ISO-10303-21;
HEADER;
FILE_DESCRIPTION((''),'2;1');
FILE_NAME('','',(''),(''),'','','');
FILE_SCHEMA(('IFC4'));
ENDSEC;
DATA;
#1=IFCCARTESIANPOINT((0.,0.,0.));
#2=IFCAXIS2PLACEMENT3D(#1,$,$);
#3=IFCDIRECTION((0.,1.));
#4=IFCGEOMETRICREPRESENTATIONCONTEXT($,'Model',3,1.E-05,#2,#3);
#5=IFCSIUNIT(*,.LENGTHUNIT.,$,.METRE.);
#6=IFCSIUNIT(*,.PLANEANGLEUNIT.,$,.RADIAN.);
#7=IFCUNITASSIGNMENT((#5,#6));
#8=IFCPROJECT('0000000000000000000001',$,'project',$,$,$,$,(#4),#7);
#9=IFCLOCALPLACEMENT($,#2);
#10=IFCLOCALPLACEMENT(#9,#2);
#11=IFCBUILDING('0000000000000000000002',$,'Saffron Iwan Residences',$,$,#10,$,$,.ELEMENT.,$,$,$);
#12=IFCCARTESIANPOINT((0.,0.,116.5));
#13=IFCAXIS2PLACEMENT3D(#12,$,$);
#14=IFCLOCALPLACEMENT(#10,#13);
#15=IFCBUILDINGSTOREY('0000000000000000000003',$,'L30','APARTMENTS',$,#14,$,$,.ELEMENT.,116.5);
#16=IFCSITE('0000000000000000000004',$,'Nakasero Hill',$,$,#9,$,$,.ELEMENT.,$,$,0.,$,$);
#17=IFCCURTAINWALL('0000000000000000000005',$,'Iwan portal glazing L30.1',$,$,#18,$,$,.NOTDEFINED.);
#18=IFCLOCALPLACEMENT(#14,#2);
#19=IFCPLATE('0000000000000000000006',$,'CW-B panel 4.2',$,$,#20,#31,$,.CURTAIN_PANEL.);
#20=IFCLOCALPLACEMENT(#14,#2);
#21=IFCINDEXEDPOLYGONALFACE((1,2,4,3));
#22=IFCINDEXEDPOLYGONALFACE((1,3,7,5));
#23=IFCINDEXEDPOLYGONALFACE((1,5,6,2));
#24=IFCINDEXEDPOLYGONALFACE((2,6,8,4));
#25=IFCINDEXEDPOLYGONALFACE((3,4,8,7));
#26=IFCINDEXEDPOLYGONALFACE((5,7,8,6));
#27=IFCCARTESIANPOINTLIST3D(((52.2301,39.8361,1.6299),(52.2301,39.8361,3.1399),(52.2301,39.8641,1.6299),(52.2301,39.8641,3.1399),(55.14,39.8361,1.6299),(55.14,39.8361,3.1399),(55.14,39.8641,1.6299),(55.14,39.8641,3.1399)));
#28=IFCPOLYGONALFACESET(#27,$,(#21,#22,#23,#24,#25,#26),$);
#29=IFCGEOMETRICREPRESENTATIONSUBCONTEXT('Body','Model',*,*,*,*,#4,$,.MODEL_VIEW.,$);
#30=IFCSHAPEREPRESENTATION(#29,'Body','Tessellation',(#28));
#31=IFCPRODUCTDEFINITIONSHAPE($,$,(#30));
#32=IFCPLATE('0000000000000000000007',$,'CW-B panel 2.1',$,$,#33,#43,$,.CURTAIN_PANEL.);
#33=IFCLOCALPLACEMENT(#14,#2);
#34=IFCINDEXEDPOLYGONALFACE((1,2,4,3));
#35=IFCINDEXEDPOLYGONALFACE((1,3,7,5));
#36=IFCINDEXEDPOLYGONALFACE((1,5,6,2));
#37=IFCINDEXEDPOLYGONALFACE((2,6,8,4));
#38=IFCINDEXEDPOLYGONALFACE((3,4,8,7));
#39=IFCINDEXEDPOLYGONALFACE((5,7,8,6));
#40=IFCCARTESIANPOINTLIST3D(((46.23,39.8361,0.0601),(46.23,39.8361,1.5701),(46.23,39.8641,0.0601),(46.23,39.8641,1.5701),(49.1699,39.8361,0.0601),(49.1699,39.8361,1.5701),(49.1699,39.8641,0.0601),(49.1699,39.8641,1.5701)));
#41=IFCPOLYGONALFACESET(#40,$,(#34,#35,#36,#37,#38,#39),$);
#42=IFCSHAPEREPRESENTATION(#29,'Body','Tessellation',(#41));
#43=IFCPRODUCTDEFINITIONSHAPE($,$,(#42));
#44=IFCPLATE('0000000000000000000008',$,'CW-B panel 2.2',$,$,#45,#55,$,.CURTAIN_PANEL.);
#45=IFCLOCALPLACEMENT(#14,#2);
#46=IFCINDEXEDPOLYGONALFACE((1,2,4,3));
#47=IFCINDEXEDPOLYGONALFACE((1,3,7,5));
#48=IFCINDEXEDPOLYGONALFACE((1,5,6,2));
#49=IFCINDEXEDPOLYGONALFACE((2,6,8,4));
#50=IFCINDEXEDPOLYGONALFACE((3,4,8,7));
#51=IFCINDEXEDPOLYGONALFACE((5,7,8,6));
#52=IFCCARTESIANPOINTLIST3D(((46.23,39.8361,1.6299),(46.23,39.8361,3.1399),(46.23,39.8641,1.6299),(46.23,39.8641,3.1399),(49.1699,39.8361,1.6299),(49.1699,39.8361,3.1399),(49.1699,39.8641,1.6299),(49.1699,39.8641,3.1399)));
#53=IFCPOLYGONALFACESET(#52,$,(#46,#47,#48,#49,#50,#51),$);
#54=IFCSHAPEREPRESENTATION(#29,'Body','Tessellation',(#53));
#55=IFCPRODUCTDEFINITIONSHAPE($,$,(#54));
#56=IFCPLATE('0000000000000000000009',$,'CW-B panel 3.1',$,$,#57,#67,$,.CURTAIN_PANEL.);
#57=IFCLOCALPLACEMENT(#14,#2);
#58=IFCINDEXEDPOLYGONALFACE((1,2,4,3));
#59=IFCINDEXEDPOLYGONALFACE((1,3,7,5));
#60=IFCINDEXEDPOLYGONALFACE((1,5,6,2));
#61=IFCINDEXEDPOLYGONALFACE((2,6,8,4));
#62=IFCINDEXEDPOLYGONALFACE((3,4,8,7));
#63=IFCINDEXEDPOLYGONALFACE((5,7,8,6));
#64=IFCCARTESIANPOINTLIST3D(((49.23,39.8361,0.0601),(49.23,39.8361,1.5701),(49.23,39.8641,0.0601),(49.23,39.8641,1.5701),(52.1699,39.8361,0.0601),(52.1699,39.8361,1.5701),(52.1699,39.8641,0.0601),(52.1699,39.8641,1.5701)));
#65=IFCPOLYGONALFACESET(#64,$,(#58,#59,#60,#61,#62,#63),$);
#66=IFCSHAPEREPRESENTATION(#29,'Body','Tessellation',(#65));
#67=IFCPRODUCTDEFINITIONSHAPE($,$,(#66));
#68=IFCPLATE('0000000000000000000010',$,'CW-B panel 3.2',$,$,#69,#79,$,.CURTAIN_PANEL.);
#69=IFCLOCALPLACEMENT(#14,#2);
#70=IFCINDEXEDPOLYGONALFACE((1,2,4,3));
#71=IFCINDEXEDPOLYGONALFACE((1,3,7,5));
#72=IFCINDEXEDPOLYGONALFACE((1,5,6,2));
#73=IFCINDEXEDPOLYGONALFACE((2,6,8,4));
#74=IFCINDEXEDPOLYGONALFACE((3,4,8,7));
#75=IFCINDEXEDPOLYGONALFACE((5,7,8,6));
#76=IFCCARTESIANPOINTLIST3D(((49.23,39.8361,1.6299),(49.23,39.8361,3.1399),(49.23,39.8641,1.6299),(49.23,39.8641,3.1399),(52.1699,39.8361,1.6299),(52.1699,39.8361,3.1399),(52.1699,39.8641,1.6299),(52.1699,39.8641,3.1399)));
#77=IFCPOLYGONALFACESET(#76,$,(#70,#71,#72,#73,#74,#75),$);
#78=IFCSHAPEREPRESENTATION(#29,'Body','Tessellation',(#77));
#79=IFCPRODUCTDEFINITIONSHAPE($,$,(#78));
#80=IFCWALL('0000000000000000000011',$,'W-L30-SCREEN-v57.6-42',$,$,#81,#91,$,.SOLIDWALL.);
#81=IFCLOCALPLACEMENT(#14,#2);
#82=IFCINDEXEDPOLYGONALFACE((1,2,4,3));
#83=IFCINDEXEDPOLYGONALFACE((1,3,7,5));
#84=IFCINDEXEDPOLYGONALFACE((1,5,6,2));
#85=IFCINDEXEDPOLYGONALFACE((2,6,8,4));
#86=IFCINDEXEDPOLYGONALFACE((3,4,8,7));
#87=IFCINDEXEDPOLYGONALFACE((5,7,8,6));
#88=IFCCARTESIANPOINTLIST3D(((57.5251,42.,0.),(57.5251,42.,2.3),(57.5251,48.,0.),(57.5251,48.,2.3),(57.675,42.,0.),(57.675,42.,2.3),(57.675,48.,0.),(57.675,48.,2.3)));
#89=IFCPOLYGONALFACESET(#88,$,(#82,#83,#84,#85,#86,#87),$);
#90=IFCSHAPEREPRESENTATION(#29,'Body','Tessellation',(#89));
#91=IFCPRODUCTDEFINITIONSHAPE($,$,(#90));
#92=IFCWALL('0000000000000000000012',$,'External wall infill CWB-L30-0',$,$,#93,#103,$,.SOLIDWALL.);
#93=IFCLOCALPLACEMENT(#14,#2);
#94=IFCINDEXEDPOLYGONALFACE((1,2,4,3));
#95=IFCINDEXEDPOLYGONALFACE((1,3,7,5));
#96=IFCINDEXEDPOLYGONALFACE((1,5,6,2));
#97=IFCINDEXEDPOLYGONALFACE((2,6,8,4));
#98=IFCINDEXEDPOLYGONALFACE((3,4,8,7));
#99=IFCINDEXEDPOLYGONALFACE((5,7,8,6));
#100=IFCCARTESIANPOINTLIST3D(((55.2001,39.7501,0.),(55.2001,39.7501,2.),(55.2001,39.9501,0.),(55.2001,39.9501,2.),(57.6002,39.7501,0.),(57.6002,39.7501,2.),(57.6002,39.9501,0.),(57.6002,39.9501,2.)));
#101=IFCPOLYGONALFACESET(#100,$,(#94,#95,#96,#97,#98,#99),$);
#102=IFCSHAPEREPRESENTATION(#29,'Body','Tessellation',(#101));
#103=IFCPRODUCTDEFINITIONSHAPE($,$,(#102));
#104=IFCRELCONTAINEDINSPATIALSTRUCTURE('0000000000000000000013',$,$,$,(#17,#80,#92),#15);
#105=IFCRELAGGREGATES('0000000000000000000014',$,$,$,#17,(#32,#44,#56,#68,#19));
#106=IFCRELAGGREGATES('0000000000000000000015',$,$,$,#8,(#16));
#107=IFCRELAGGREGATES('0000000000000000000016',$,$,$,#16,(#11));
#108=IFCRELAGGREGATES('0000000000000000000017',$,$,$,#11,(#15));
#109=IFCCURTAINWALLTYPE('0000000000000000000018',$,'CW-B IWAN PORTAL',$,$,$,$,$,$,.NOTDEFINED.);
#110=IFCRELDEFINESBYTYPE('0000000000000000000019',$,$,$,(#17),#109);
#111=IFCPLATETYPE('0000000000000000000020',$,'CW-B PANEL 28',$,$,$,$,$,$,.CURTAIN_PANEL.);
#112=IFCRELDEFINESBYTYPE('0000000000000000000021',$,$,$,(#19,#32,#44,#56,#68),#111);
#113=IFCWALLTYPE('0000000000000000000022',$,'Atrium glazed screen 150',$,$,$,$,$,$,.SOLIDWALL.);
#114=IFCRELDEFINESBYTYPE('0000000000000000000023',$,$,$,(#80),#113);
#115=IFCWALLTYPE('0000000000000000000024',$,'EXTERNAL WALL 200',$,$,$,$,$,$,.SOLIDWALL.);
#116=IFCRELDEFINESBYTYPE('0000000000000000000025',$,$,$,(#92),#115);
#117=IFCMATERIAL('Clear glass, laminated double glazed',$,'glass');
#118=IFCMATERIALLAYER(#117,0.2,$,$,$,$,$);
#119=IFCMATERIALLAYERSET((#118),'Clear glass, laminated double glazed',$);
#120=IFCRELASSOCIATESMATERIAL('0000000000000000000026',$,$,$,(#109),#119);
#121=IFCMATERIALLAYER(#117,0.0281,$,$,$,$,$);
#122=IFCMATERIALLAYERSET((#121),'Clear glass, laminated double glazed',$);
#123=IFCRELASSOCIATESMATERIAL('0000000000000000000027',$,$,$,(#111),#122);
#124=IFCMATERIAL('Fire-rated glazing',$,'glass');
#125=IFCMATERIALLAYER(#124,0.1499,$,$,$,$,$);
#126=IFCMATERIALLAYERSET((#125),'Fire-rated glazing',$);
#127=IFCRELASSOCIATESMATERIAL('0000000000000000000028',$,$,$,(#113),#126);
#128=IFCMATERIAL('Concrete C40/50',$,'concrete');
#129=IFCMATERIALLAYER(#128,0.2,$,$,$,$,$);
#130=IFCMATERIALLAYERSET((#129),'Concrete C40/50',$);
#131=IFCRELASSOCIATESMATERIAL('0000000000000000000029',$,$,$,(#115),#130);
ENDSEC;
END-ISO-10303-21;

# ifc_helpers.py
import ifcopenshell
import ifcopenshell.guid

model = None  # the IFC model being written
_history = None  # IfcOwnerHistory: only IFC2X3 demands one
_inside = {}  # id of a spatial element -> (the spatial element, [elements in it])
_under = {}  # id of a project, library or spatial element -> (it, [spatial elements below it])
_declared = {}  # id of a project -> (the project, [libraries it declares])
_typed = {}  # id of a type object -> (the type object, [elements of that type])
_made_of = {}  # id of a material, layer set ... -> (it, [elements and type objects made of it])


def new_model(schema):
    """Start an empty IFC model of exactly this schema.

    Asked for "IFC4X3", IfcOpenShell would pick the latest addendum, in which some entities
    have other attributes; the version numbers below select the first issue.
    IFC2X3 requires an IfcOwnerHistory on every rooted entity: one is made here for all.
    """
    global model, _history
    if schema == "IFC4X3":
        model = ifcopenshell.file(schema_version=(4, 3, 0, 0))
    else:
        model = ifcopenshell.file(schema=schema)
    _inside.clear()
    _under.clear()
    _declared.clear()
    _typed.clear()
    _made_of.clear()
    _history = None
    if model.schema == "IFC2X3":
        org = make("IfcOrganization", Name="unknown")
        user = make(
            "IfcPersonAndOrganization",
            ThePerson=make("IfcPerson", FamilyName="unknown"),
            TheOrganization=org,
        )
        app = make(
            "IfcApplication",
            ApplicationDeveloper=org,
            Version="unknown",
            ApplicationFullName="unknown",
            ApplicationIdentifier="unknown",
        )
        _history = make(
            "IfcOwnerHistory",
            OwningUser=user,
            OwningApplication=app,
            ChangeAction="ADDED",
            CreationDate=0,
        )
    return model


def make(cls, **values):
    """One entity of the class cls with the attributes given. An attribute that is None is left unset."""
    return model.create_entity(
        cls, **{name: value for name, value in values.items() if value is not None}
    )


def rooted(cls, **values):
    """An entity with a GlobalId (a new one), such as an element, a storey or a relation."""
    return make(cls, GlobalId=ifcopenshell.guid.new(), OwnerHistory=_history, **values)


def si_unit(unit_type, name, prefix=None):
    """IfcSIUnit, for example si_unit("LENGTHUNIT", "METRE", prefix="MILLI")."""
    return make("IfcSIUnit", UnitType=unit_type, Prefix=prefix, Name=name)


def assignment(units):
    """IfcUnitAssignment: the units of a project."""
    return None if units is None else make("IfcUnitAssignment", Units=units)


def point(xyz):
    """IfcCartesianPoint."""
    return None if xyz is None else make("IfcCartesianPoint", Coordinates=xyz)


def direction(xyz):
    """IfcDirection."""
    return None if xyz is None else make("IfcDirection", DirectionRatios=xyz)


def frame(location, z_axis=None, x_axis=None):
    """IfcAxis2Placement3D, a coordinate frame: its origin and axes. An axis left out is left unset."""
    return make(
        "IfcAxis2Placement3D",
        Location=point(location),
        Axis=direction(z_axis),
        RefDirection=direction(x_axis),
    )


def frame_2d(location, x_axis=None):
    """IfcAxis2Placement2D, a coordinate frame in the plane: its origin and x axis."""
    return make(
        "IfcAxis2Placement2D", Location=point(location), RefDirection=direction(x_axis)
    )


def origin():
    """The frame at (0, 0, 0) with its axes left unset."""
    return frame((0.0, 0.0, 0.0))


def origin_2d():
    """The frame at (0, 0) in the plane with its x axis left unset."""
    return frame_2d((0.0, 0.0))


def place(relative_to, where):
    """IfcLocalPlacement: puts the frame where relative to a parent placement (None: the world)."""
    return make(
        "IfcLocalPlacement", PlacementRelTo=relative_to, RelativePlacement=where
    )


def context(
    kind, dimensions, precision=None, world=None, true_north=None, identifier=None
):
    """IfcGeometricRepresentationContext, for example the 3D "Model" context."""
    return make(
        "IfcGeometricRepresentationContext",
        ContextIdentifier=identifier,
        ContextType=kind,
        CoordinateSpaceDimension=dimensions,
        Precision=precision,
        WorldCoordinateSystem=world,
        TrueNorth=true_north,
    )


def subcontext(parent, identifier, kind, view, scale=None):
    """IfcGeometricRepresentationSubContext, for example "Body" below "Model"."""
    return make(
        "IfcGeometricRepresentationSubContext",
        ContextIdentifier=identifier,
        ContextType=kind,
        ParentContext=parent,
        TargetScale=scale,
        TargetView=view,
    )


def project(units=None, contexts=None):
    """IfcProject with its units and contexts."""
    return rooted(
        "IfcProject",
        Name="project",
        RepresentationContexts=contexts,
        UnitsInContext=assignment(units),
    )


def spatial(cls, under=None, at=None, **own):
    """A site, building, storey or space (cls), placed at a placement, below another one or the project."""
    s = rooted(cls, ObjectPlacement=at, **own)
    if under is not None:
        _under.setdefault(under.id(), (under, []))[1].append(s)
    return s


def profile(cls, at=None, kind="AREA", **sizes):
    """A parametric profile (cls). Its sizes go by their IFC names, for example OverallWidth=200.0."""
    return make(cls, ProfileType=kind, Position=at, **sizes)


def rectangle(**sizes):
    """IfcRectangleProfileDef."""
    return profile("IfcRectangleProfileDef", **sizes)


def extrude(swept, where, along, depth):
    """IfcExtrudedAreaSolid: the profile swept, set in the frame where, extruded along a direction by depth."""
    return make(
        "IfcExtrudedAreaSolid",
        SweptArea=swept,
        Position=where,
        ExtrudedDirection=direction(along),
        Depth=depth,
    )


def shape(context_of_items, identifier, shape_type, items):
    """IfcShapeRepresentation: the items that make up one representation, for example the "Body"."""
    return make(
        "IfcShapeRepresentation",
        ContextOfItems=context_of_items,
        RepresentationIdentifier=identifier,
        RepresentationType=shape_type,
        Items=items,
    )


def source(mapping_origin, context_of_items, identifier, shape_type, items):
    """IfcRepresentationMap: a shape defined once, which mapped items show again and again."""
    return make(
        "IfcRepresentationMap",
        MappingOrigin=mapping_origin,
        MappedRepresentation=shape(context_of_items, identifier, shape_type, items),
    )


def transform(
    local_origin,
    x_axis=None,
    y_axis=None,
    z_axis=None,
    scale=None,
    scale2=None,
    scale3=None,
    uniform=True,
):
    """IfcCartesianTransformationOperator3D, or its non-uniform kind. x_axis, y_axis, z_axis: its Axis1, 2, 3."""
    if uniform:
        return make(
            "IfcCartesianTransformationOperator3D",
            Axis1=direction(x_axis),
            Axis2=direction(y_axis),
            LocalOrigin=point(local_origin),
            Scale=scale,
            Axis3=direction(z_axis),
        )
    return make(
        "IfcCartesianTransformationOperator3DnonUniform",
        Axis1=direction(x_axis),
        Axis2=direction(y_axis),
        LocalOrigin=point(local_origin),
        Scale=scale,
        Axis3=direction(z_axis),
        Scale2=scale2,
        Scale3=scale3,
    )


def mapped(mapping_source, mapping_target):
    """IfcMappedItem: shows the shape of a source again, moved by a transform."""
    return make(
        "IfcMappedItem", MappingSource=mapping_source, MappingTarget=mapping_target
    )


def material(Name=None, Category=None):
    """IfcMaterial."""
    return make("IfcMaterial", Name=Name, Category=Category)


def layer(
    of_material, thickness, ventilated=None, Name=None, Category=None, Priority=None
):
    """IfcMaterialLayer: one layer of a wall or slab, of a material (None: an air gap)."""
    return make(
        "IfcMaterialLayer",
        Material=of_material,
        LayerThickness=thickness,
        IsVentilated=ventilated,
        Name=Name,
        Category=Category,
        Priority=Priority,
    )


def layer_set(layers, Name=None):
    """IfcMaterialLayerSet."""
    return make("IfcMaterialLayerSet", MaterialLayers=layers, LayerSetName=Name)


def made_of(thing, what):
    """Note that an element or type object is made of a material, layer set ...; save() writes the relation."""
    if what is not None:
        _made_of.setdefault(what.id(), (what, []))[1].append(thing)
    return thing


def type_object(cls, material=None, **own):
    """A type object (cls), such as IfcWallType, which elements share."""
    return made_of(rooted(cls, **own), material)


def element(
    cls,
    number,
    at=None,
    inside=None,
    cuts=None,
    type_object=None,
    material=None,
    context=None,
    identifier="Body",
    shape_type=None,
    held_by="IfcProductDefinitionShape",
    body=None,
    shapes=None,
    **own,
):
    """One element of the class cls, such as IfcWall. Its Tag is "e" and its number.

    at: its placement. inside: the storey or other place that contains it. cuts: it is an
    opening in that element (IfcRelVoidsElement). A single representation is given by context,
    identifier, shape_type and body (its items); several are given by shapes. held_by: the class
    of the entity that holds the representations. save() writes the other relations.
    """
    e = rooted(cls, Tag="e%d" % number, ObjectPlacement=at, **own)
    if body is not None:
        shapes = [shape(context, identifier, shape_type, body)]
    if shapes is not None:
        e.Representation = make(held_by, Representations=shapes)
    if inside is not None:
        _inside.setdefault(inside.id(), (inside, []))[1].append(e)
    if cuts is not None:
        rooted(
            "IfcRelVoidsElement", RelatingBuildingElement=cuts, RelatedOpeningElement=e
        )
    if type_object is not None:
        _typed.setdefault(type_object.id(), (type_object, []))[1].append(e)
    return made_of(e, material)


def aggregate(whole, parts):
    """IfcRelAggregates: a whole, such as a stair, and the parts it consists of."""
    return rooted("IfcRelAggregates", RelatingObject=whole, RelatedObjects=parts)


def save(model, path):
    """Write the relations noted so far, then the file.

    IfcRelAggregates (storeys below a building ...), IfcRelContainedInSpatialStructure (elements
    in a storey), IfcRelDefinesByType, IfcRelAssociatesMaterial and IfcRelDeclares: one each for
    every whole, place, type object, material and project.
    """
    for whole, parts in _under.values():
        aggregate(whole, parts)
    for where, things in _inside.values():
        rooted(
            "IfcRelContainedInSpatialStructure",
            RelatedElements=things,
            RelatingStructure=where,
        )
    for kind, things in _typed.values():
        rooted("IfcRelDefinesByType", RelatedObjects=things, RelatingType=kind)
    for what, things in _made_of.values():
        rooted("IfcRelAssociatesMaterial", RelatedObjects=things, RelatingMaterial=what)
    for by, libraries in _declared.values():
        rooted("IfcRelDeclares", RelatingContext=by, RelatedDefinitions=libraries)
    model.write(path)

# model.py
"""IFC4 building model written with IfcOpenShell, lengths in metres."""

from ifc_helpers import new_model, si_unit, direction, frame, frame_2d, origin, origin_2d, place, context, subcontext, project, spatial, rectangle, extrude, source, transform, mapped, material, layer, layer_set, type_object, element, aggregate, save


model = new_model("IFC4")

# Units and contexts
model_context = context("Model", 3, precision=1e-05, world=origin(), true_north=direction((0.0, 1.0)))
body_context = subcontext(model_context, "Body", "Model", "MODEL_VIEW")
ifc_project = project(units=[si_unit("LENGTHUNIT", "METRE"), si_unit("PLANEANGLEUNIT", "RADIAN")], contexts=[model_context])

# Site, building, storey
site_placement = place(None, origin())
site = spatial("IfcSite", under=ifc_project, at=site_placement, Name="Nakasero Hill", CompositionType="ELEMENT", RefElevation=0.0)
building_placement = place(site_placement, origin())
building = spatial("IfcBuilding", under=site, at=building_placement, Name="Saffron Iwan Residences", CompositionType="ELEMENT")
storey_placement = place(building_placement, frame((0.0, 0.0, 116.5)))
storey = spatial("IfcBuildingStorey", under=building, at=storey_placement, Name="L30", Description="APARTMENTS", CompositionType="ELEMENT", Elevation=116.5)

# Curtain wall, plates
ifc_material_1 = material(Name="Clear glass, laminated double glazed", Category="glass")
ifc_layer_1 = layer(ifc_material_1, 0.2)
ifc_layer_set_1 = layer_set([ifc_layer_1], Name="Clear glass, laminated double glazed")
curtain_wall_type = type_object("IfcCurtainWallType", Name="CW-B IWAN PORTAL", PredefinedType="NOTDEFINED", material=ifc_layer_set_1)
curtain_wall_placement = place(storey_placement, origin())
curtain_wall = element("IfcCurtainWall", 1, at=curtain_wall_placement, inside=storey, type_object=curtain_wall_type, Name="Iwan portal glazing L30.1", PredefinedType="NOTDEFINED")
ifc_layer_2 = layer(ifc_material_1, 0.0281)
ifc_layer_set_2 = layer_set([ifc_layer_2], Name="Clear glass, laminated double glazed")
plate_type = type_object("IfcPlateType", Name="CW-B PANEL 28", PredefinedType="CURTAIN_PANEL", material=ifc_layer_set_2)
shared_shape_1 = source(origin(), body_context, "Body", "SweptSolid", [
    extrude(rectangle(XDim=2.9099, YDim=0.0281, at=origin_2d()), origin(), (0.0, 0.0, 1.0), 1.51),
])
plate_1_placement = place(storey_placement, frame((53.6851, 39.8501, 1.6299), z_axis=(0.0, 0.0, 1.0), x_axis=(1.0, 0.0, 0.0)))
plate_1 = element("IfcPlate", 2, at=plate_1_placement, type_object=plate_type, Name="CW-B panel 4.2", PredefinedType="CURTAIN_PANEL", context=body_context, shape_type="MappedRepresentation", body=[
    mapped(shared_shape_1, transform((0.0, 0.0, 0.0))),
])
shared_shape_2 = source(origin(), body_context, "Body", "SweptSolid", [
    extrude(rectangle(XDim=2.9399, YDim=0.0281, at=origin_2d()), origin(), (0.0, 0.0, 1.0), 1.51),
])
plate_2_placement = place(storey_placement, frame((47.7, 39.8501, 0.0601), z_axis=(0.0, 0.0, 1.0), x_axis=(1.0, 0.0, 0.0)))
plate_2 = element("IfcPlate", 3, at=plate_2_placement, type_object=plate_type, Name="CW-B panel 2.1", PredefinedType="CURTAIN_PANEL", context=body_context, shape_type="MappedRepresentation", body=[
    mapped(shared_shape_2, transform((0.0, 0.0, 0.0))),
])
plate_3_placement = place(storey_placement, frame((47.7, 39.8501, 1.6299), z_axis=(0.0, 0.0, 1.0), x_axis=(1.0, 0.0, 0.0)))
plate_3 = element("IfcPlate", 4, at=plate_3_placement, type_object=plate_type, Name="CW-B panel 2.2", PredefinedType="CURTAIN_PANEL", context=body_context, shape_type="MappedRepresentation", body=[
    mapped(shared_shape_2, transform((0.0, 0.0, 0.0))),
])
plate_4_placement = place(storey_placement, frame((50.7, 39.8501, 0.0601), z_axis=(0.0, 0.0, 1.0), x_axis=(1.0, 0.0, 0.0)))
plate_4 = element("IfcPlate", 5, at=plate_4_placement, type_object=plate_type, Name="CW-B panel 3.1", PredefinedType="CURTAIN_PANEL", context=body_context, shape_type="MappedRepresentation", body=[
    mapped(shared_shape_2, transform((0.0, 0.0, 0.0))),
])
plate_5_placement = place(storey_placement, frame((50.7, 39.8501, 1.6299), z_axis=(0.0, 0.0, 1.0), x_axis=(1.0, 0.0, 0.0)))
plate_5 = element("IfcPlate", 6, at=plate_5_placement, type_object=plate_type, Name="CW-B panel 3.2", PredefinedType="CURTAIN_PANEL", context=body_context, shape_type="MappedRepresentation", body=[
    mapped(shared_shape_2, transform((0.0, 0.0, 0.0))),
])
aggregate(curtain_wall, [plate_2, plate_3, plate_4, plate_5, plate_1])

# Walls
ifc_material_2 = material(Name="Fire-rated glazing", Category="glass")
ifc_layer_3 = layer(ifc_material_2, 0.1499)
ifc_layer_set_3 = layer_set([ifc_layer_3], Name="Fire-rated glazing")
wall_type_1 = type_object("IfcWallType", Name="Atrium glazed screen 150", PredefinedType="SOLIDWALL", material=ifc_layer_set_3)
wall_1_placement = place(storey_placement, frame((57.6001, 42.0, 0.0), z_axis=(0.0, 0.0, 1.0), x_axis=(0.0, 1.0, 0.0)))
element("IfcWall", 7, at=wall_1_placement, inside=storey, type_object=wall_type_1, Name="W-L30-SCREEN-v57.6-42", PredefinedType="SOLIDWALL", context=body_context, shape_type="SweptSolid", body=[
    extrude(rectangle(XDim=6.0, YDim=0.1499, at=frame_2d((3.0, 0.0))), origin(), (0.0, 0.0, 1.0), 2.3),
])
ifc_material_3 = material(Name="Concrete C40/50", Category="concrete")
ifc_layer_4 = layer(ifc_material_3, 0.2)
ifc_layer_set_4 = layer_set([ifc_layer_4], Name="Concrete C40/50")
wall_type_2 = type_object("IfcWallType", Name="EXTERNAL WALL 200", PredefinedType="SOLIDWALL", material=ifc_layer_set_4)
wall_2_placement = place(storey_placement, frame((55.2, 39.8501, 0.0), z_axis=(0.0, 0.0, 1.0), x_axis=(1.0, 0.0, 0.0)))
element("IfcWall", 8, at=wall_2_placement, inside=storey, type_object=wall_type_2, Name="External wall infill CWB-L30-0", PredefinedType="SOLIDWALL", context=body_context, shape_type="SweptSolid", body=[
    extrude(rectangle(XDim=2.4001, YDim=0.2, at=frame_2d((1.2002, 0.0))), origin(), (0.0, 0.0, 1.0), 2.0),
])

save(model, "model.ifc")
